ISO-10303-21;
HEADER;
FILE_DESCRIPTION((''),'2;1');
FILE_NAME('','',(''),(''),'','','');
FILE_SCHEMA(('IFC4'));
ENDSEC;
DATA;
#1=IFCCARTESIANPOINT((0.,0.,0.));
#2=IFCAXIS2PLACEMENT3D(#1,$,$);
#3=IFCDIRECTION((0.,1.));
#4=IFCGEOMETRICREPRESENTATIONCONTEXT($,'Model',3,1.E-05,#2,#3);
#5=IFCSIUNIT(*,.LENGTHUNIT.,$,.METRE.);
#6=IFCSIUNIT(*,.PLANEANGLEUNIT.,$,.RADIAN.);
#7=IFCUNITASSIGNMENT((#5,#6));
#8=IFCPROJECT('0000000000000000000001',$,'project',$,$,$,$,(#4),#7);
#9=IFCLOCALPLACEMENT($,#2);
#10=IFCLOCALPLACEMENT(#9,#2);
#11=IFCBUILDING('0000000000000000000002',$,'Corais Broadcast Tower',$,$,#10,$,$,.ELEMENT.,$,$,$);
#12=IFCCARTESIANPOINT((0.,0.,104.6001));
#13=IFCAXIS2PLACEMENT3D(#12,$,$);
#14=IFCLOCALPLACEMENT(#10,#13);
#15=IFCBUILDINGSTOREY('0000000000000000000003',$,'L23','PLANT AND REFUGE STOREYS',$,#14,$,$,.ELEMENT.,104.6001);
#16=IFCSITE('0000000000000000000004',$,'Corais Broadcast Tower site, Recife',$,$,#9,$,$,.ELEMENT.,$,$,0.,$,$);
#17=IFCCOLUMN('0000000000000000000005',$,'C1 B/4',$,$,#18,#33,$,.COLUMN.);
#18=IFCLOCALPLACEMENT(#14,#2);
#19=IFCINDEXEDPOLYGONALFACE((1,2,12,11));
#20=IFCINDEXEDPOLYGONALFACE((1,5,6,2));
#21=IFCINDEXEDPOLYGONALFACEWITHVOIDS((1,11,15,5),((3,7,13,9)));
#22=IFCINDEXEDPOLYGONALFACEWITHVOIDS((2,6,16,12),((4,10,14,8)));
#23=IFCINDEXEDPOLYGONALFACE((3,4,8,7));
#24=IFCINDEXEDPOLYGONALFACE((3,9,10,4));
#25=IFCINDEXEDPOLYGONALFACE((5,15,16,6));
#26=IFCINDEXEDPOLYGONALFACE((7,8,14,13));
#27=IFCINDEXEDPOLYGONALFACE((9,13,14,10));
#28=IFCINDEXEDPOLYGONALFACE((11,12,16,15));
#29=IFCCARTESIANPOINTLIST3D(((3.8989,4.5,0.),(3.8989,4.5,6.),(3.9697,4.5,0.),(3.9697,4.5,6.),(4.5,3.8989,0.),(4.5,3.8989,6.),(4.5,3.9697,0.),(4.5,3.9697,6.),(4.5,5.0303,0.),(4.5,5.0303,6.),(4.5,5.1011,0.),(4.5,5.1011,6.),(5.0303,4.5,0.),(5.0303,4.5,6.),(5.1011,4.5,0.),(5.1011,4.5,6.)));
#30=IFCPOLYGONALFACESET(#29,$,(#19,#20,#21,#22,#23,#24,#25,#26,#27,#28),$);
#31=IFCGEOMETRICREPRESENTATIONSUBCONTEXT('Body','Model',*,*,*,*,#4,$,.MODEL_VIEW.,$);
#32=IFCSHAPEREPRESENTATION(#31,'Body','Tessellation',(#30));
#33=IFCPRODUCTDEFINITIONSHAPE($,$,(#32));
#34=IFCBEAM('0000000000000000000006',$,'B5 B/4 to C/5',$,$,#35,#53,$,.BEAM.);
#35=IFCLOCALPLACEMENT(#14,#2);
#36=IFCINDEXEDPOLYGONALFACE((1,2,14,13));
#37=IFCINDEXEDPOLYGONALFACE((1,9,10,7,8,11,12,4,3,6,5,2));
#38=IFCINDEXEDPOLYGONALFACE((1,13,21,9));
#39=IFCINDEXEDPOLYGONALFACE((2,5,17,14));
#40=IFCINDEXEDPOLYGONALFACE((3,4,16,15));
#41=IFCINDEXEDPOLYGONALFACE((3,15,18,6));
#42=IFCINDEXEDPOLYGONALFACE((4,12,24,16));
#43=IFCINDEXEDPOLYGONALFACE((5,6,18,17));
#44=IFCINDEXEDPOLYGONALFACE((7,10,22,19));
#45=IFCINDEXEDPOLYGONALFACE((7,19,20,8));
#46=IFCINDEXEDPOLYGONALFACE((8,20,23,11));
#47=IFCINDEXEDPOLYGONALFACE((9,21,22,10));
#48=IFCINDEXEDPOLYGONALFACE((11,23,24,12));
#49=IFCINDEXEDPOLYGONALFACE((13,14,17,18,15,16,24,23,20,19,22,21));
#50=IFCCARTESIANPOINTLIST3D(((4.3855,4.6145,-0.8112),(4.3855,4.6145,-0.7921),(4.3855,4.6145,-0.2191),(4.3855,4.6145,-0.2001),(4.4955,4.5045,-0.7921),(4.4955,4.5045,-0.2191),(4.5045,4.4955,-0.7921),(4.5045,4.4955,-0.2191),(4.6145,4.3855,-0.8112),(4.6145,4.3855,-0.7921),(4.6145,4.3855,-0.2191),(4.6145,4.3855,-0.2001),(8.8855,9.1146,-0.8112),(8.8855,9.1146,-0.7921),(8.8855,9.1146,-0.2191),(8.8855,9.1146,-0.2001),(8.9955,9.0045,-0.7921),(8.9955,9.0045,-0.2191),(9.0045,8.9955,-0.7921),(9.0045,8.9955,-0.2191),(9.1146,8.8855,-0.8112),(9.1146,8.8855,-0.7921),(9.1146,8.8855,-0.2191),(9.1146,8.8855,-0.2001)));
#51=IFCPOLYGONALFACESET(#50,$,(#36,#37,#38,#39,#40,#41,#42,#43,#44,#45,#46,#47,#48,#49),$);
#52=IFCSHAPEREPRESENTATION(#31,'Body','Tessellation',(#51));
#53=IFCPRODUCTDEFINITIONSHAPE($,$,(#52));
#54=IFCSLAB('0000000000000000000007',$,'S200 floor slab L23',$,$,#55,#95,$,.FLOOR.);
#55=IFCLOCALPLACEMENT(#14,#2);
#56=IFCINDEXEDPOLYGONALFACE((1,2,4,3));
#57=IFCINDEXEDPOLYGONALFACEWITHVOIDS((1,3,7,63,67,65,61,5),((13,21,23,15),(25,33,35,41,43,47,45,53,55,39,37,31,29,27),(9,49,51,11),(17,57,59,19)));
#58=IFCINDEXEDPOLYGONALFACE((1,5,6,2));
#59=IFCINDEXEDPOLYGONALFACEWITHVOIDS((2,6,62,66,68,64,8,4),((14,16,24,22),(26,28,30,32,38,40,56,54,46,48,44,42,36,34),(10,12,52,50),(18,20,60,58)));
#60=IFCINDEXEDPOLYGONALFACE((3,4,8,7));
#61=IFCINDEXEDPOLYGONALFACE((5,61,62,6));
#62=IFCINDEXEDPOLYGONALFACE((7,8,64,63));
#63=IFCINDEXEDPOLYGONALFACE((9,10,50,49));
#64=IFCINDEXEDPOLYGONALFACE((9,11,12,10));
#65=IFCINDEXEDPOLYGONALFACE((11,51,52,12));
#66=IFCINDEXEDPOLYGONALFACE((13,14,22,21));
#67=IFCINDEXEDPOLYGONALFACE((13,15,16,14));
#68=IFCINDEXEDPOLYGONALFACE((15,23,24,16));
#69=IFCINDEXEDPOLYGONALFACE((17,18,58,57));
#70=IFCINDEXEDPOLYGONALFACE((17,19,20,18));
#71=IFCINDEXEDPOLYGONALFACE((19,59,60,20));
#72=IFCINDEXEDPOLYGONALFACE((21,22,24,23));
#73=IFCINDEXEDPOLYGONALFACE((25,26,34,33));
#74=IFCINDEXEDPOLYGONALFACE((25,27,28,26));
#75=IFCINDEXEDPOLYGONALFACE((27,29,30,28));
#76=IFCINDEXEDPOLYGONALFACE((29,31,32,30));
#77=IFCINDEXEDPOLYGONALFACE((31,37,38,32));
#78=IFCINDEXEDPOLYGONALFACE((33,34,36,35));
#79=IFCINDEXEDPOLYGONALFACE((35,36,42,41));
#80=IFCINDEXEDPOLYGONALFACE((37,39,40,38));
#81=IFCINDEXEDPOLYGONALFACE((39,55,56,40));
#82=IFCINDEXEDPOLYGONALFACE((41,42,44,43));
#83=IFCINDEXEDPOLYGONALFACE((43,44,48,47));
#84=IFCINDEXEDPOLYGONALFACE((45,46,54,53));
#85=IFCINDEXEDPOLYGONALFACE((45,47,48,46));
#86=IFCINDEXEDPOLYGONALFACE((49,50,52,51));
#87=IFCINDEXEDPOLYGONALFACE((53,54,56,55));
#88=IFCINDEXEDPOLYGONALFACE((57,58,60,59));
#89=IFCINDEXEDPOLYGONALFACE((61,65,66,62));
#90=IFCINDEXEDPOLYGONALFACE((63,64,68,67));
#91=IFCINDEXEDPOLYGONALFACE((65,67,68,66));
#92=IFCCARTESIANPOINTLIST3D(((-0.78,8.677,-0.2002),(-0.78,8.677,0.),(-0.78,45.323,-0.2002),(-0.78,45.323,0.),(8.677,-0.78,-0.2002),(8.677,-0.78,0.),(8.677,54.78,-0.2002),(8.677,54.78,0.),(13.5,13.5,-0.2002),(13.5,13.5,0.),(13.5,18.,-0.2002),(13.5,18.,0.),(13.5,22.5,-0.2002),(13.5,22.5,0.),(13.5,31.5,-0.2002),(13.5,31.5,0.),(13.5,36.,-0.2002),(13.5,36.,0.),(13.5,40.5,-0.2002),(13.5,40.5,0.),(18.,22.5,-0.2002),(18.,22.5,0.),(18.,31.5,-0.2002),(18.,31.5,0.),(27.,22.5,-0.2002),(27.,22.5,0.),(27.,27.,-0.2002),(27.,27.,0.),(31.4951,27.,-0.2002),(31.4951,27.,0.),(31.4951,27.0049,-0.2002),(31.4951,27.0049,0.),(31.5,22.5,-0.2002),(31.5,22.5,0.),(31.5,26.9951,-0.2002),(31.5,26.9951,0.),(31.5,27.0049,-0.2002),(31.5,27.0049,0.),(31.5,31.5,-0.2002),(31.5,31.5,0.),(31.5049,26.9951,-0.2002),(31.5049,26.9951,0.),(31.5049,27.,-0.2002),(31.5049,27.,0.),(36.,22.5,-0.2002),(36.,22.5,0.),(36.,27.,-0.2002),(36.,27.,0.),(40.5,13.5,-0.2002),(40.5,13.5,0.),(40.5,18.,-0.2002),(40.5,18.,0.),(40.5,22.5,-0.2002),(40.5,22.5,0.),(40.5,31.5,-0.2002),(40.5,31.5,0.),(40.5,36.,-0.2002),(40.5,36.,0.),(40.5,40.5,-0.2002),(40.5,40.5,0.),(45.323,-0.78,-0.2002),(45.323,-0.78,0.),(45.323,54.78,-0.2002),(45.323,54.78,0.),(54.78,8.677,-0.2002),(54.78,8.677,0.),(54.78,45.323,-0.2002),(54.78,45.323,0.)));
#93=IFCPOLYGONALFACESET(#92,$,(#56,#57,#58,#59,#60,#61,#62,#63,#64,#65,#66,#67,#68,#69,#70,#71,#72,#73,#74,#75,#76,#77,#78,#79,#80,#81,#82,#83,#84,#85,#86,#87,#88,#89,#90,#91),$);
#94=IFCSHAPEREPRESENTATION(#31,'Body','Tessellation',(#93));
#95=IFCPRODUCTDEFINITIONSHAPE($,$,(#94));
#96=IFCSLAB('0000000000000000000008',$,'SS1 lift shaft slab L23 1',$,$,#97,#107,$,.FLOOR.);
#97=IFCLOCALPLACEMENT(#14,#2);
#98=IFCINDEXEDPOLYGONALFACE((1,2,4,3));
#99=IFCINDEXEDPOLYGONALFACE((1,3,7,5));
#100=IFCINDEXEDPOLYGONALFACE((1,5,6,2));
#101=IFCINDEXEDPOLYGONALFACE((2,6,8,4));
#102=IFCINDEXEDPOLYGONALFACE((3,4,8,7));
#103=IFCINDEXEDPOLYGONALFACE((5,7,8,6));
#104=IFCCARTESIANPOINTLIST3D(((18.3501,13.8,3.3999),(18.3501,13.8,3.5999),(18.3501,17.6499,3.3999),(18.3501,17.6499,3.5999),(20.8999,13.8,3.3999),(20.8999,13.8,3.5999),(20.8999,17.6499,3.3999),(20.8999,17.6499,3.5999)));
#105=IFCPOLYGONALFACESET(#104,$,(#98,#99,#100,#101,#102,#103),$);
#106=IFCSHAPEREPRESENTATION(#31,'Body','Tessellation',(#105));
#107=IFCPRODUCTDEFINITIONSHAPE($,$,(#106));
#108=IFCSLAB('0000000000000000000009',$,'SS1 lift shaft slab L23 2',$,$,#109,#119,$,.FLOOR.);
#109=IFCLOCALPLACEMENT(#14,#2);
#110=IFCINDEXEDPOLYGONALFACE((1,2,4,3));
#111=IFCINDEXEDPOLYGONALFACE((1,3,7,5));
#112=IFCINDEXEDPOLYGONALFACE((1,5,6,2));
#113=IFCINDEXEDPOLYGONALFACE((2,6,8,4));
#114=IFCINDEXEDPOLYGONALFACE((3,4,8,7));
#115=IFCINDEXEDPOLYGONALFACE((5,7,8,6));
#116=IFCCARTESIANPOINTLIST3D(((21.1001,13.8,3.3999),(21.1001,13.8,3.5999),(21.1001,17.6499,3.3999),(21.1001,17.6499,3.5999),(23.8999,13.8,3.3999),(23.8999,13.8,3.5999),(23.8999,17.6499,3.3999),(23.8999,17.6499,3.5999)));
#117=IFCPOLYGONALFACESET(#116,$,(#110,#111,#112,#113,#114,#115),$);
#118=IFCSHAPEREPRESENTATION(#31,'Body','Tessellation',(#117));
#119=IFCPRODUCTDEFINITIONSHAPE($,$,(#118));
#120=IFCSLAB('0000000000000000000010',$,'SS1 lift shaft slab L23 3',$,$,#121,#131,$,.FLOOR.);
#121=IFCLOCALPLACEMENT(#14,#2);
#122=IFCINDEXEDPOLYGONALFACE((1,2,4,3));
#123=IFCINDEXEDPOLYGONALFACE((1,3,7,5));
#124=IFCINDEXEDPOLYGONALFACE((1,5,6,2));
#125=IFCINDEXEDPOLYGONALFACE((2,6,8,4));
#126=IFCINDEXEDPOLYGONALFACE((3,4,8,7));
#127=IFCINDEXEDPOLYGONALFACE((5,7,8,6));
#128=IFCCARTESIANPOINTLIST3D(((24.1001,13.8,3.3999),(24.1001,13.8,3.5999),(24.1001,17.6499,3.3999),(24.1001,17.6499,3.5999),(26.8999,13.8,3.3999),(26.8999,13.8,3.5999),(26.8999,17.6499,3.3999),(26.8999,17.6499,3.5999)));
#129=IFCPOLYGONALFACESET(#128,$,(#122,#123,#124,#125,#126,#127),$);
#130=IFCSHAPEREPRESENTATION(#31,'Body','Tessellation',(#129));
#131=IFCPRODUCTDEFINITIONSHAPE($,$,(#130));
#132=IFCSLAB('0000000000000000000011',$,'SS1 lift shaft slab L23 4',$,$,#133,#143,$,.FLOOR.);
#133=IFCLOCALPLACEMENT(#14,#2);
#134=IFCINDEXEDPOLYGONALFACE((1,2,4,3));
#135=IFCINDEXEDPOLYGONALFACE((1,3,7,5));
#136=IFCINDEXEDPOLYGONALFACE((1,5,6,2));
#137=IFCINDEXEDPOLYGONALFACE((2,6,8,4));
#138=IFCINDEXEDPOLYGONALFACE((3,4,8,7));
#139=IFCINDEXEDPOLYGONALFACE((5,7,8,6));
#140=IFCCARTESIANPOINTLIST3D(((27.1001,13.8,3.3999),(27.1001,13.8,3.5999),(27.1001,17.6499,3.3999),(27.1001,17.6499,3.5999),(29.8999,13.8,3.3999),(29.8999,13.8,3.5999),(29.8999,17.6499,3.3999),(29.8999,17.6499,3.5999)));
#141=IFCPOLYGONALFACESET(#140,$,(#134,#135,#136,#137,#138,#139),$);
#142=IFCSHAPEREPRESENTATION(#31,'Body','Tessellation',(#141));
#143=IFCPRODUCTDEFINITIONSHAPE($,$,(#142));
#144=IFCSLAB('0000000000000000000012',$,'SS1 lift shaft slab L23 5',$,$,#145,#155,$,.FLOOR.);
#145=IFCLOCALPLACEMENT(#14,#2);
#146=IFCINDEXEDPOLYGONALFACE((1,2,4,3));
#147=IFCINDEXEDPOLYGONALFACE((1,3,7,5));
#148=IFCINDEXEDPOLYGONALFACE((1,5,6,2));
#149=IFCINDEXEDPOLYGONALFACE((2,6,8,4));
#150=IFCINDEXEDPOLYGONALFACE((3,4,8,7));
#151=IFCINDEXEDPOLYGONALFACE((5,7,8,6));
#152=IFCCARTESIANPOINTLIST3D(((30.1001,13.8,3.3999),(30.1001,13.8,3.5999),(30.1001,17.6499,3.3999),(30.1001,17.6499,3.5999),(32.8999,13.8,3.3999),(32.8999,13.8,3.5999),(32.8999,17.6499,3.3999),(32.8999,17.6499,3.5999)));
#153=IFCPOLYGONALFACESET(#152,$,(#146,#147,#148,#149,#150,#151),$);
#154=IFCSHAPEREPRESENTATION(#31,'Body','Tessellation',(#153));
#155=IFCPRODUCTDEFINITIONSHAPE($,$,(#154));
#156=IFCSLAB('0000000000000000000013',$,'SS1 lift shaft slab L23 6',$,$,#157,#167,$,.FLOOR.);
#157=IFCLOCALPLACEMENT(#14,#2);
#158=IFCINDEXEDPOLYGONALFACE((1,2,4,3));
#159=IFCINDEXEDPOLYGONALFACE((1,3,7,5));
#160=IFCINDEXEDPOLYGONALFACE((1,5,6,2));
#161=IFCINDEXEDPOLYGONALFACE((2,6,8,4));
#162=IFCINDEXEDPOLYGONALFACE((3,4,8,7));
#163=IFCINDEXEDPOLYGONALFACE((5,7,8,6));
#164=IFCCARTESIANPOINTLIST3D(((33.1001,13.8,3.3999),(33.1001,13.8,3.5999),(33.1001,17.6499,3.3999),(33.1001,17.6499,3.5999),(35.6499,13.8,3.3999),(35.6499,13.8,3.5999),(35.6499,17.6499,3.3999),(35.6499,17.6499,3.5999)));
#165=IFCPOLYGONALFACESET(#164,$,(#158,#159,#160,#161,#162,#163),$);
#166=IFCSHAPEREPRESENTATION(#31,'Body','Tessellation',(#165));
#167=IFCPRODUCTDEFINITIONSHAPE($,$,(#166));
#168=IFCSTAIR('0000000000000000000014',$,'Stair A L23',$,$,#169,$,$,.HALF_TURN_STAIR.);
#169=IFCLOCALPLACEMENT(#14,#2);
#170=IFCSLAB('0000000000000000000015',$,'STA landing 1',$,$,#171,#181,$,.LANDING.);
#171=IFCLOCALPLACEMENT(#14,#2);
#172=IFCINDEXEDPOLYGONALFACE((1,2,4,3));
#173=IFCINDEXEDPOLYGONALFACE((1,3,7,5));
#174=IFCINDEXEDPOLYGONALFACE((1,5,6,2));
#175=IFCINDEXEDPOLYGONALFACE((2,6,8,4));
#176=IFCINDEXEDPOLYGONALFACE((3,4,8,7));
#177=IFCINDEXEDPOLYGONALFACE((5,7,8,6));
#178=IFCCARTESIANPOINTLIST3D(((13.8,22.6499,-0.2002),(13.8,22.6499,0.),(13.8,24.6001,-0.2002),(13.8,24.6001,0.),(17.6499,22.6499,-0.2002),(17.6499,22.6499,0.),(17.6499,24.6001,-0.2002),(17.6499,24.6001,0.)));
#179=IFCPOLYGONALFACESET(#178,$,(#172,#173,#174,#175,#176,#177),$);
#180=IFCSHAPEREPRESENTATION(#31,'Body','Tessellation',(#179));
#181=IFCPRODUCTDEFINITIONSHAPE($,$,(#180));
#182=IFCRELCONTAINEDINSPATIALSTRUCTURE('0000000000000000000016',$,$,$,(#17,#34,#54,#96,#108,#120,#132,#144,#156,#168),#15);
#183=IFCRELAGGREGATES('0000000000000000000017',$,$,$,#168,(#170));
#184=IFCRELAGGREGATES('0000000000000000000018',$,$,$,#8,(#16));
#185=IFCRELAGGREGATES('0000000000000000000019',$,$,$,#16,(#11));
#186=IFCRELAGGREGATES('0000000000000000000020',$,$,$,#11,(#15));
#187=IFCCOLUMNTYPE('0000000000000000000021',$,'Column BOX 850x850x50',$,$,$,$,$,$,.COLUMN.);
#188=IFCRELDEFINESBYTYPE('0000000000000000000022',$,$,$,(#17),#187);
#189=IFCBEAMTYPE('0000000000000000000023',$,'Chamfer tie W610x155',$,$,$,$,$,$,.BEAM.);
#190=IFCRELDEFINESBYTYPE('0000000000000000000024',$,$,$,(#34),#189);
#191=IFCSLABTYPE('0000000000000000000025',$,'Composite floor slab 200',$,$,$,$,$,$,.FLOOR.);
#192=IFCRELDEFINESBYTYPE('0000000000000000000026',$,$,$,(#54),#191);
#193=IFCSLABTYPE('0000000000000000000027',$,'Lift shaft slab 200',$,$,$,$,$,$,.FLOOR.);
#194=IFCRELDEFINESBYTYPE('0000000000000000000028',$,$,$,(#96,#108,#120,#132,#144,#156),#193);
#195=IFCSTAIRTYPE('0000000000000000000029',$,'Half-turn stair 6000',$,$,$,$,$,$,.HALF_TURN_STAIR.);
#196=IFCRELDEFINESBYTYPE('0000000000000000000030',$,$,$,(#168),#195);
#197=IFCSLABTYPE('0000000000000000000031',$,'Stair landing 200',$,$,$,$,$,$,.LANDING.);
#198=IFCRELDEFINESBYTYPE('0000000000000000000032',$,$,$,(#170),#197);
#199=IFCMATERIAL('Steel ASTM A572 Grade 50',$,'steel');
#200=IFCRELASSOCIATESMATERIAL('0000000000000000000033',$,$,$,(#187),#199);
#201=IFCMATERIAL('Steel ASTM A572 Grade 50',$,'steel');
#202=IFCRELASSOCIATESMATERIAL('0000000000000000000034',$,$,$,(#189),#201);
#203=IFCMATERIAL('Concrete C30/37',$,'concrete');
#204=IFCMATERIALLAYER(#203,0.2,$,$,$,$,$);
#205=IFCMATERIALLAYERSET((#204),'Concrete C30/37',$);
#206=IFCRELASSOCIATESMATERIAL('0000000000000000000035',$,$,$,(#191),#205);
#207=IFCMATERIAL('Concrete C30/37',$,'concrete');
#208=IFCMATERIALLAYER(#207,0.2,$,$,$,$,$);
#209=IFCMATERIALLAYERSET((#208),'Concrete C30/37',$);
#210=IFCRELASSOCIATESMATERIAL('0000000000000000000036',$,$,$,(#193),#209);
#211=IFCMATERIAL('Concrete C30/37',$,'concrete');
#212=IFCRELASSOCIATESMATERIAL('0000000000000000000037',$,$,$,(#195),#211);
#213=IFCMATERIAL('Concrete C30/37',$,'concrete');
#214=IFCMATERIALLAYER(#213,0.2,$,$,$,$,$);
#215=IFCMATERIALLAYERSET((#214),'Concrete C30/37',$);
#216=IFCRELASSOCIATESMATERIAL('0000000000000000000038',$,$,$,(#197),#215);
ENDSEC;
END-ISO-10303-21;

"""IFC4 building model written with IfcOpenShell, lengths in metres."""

from ifc_helpers import new_model, si_unit, direction, frame, origin, origin_2d, place, context, subcontext, project, spatial, polyline, hollow_rectangle, i_section, outline, extrude, material, layer, layer_set, material_profile, profile_set, type_object, element, aggregate, save


model = new_model("IFC4")

# Units and contexts
model_context = context("Model", 3, precision=1e-05, world=origin(), true_north=direction((0.0, 1.0)))
body_context = subcontext(model_context, "Body", "Model", "MODEL_VIEW")
ifc_project = project(units=[si_unit("LENGTHUNIT", "METRE"), si_unit("PLANEANGLEUNIT", "RADIAN")], contexts=[model_context])

# Site, building, storey
site_placement = place(None, origin())
site = spatial("IfcSite", under=ifc_project, at=site_placement, Name="Corais Broadcast Tower site, Recife", CompositionType="ELEMENT", RefElevation=0.0)
building_placement = place(site_placement, origin())
building = spatial("IfcBuilding", under=site, at=building_placement, Name="Corais Broadcast Tower", CompositionType="ELEMENT")
storey_placement = place(building_placement, frame((0.0, 0.0, 104.6001)))
storey = spatial("IfcBuildingStorey", under=building, at=storey_placement, Name="L23", Description="PLANT AND REFUGE STOREYS", CompositionType="ELEMENT", Elevation=104.6001)

# Column
ifc_material_1 = material(Name="Steel ASTM A572 Grade 50", Category="steel")
ifc_material_profile_1 = material_profile(ifc_material_1, hollow_rectangle(XDim=0.8501, YDim=0.8501, WallThickness=0.05, at=origin_2d()), Name="BOX 850x850x50")
ifc_profile_set_1 = profile_set([ifc_material_profile_1], Name="Steel ASTM A572 Grade 50")
column_type = type_object("IfcColumnType", Name="Column BOX 850x850x50", PredefinedType="COLUMN", material=ifc_profile_set_1)
column_placement = place(storey_placement, frame((4.5, 4.5, 0.0), z_axis=(0.0, 0.0, 1.0), x_axis=(0.707107, 0.707107, 0.0)))
element("IfcColumn", 1, at=column_placement, inside=storey, type_object=column_type, Name="C1 B/4", PredefinedType="COLUMN", context=body_context, shape_type="SweptSolid", body=[
    extrude(hollow_rectangle(XDim=0.8501, YDim=0.8501, WallThickness=0.05, at=origin_2d()), origin(), (0.0, 0.0, 1.0), 6.0),
])

# Beam
ifc_material_2 = material(Name="Steel ASTM A572 Grade 50", Category="steel")
ifc_material_profile_2 = material_profile(ifc_material_2, i_section(OverallWidth=0.324, OverallDepth=0.6111, WebThickness=0.0127, FlangeThickness=0.019, at=origin_2d()), Name="W610x155")
ifc_profile_set_2 = profile_set([ifc_material_profile_2], Name="Steel ASTM A572 Grade 50")
beam_type = type_object("IfcBeamType", Name="Chamfer tie W610x155", PredefinedType="BEAM", material=ifc_profile_set_2)
beam_placement = place(storey_placement, frame((4.5, 4.5, -0.5056), z_axis=(0.707107, 0.707107, 0.0), x_axis=(-0.707107, 0.707107, 0.0)))
element("IfcBeam", 2, at=beam_placement, inside=storey, type_object=beam_type, Name="B5 B/4 to C/5", PredefinedType="BEAM", context=body_context, shape_type="SweptSolid", body=[
    extrude(i_section(OverallWidth=0.324, OverallDepth=0.6111, WebThickness=0.0127, FlangeThickness=0.019, at=origin_2d()), origin(), (0.0, 0.0, 1.0), 6.364),
])

# Slabs
ifc_material_3 = material(Name="Concrete C30/37", Category="concrete")
ifc_layer_1 = layer(ifc_material_3, 0.2)
ifc_layer_set_1 = layer_set([ifc_layer_1], Name="Concrete C30/37")
slab_type_1 = type_object("IfcSlabType", Name="Composite floor slab 200", PredefinedType="FLOOR", material=ifc_layer_set_1)
slab_1_placement = place(storey_placement, frame((0.0, 0.0, -0.2002)))
element("IfcSlab", 3, at=slab_1_placement, inside=storey, type_object=slab_type_1, Name="S200 floor slab L23", PredefinedType="FLOOR", context=body_context, shape_type="SweptSolid", body=[
    extrude(outline(polyline([(8.677, -0.78), (-0.78, 8.677), (-0.78, 45.323), (8.677, 54.78), (45.323, 54.78), (54.78, 45.323), (54.78, 8.677), (45.323, -0.78), (8.677, -0.78)]), holes=[polyline([(13.5, 18.0), (40.5, 18.0), (40.5, 13.5), (13.5, 13.5), (13.5, 18.0)]), polyline([(13.5, 22.5), (13.5, 31.5), (18.0, 31.5), (18.0, 22.5), (13.5, 22.5)]), polyline([(13.5, 40.5), (40.5, 40.5), (40.5, 36.0), (13.5, 36.0), (13.5, 40.5)]), polyline([(27.0, 22.5), (27.0, 27.0), (31.4951, 27.0), (31.4951, 27.0049), (31.5, 27.0049), (31.5, 31.5), (40.5, 31.5), (40.5, 22.5), (36.0, 22.5), (36.0, 27.0), (31.5049, 27.0), (31.5049, 26.9951), (31.5, 26.9951), (31.5, 22.5), (27.0, 22.5)])]), origin(), (0.0, 0.0, 1.0), 0.2002),
])
ifc_material_4 = material(Name="Concrete C30/37", Category="concrete")
ifc_layer_2 = layer(ifc_material_4, 0.2)
ifc_layer_set_2 = layer_set([ifc_layer_2], Name="Concrete C30/37")
slab_type_2 = type_object("IfcSlabType", Name="Lift shaft slab 200", PredefinedType="FLOOR", material=ifc_layer_set_2)
slab_2_placement = place(storey_placement, frame((0.0, 0.0, 3.3999)))
element("IfcSlab", 4, at=slab_2_placement, inside=storey, type_object=slab_type_2, Name="SS1 lift shaft slab L23 1", PredefinedType="FLOOR", context=body_context, shape_type="SweptSolid", body=[
    extrude(outline(polyline([(18.3501, 13.8), (20.8999, 13.8), (20.8999, 17.6499), (18.3501, 17.6499), (18.3501, 13.8)])), origin(), (0.0, 0.0, 1.0), 0.2),
])
slab_3_placement = place(storey_placement, frame((0.0, 0.0, 3.3999)))
element("IfcSlab", 5, at=slab_3_placement, inside=storey, type_object=slab_type_2, Name="SS1 lift shaft slab L23 2", PredefinedType="FLOOR", context=body_context, shape_type="SweptSolid", body=[
    extrude(outline(polyline([(21.1001, 13.8), (23.8999, 13.8), (23.8999, 17.6499), (21.1001, 17.6499), (21.1001, 13.8)])), origin(), (0.0, 0.0, 1.0), 0.2),
])
slab_4_placement = place(storey_placement, frame((0.0, 0.0, 3.3999)))
element("IfcSlab", 6, at=slab_4_placement, inside=storey, type_object=slab_type_2, Name="SS1 lift shaft slab L23 3", PredefinedType="FLOOR", context=body_context, shape_type="SweptSolid", body=[
    extrude(outline(polyline([(24.1001, 13.8), (26.8999, 13.8), (26.8999, 17.6499), (24.1001, 17.6499), (24.1001, 13.8)])), origin(), (0.0, 0.0, 1.0), 0.2),
])
slab_5_placement = place(storey_placement, frame((0.0, 0.0, 3.3999)))
element("IfcSlab", 7, at=slab_5_placement, inside=storey, type_object=slab_type_2, Name="SS1 lift shaft slab L23 4", PredefinedType="FLOOR", context=body_context, shape_type="SweptSolid", body=[
    extrude(outline(polyline([(27.1001, 13.8), (29.8999, 13.8), (29.8999, 17.6499), (27.1001, 17.6499), (27.1001, 13.8)])), origin(), (0.0, 0.0, 1.0), 0.2),
])
slab_6_placement = place(storey_placement, frame((0.0, 0.0, 3.3999)))
element("IfcSlab", 8, at=slab_6_placement, inside=storey, type_object=slab_type_2, Name="SS1 lift shaft slab L23 5", PredefinedType="FLOOR", context=body_context, shape_type="SweptSolid", body=[
    extrude(outline(polyline([(30.1001, 13.8), (32.8999, 13.8), (32.8999, 17.6499), (30.1001, 17.6499), (30.1001, 13.8)])), origin(), (0.0, 0.0, 1.0), 0.2),
])
slab_7_placement = place(storey_placement, frame((0.0, 0.0, 3.3999)))
element("IfcSlab", 9, at=slab_7_placement, inside=storey, type_object=slab_type_2, Name="SS1 lift shaft slab L23 6", PredefinedType="FLOOR", context=body_context, shape_type="SweptSolid", body=[
    extrude(outline(polyline([(33.1001, 13.8), (35.6499, 13.8), (35.6499, 17.6499), (33.1001, 17.6499), (33.1001, 13.8)])), origin(), (0.0, 0.0, 1.0), 0.2),
])

# Stair, slab
ifc_material_5 = material(Name="Concrete C30/37", Category="concrete")
stair_type = type_object("IfcStairType", Name="Half-turn stair 6000", PredefinedType="HALF_TURN_STAIR", material=ifc_material_5)
stair_1_placement = place(storey_placement, origin())
stair_1 = element("IfcStair", 10, at=stair_1_placement, inside=storey, type_object=stair_type, Name="Stair A L23", PredefinedType="HALF_TURN_STAIR")
ifc_material_6 = material(Name="Concrete C30/37", Category="concrete")
ifc_layer_3 = layer(ifc_material_6, 0.2)
ifc_layer_set_3 = layer_set([ifc_layer_3], Name="Concrete C30/37")
slab_type_3 = type_object("IfcSlabType", Name="Stair landing 200", PredefinedType="LANDING", material=ifc_layer_set_3)
slab_8_placement = place(storey_placement, frame((0.0, 0.0, -0.2002)))
slab_8 = element("IfcSlab", 11, at=slab_8_placement, type_object=slab_type_3, Name="STA landing 1", PredefinedType="LANDING", context=body_context, shape_type="SweptSolid", body=[
    extrude(outline(polyline([(13.8, 22.6499), (17.6499, 22.6499), (17.6499, 24.6001), (13.8, 24.6001), (13.8, 22.6499)])), origin(), (0.0, 0.0, 1.0), 0.2002),
])
aggregate(stair_1, [slab_8])

save(model, "model.ifc")
